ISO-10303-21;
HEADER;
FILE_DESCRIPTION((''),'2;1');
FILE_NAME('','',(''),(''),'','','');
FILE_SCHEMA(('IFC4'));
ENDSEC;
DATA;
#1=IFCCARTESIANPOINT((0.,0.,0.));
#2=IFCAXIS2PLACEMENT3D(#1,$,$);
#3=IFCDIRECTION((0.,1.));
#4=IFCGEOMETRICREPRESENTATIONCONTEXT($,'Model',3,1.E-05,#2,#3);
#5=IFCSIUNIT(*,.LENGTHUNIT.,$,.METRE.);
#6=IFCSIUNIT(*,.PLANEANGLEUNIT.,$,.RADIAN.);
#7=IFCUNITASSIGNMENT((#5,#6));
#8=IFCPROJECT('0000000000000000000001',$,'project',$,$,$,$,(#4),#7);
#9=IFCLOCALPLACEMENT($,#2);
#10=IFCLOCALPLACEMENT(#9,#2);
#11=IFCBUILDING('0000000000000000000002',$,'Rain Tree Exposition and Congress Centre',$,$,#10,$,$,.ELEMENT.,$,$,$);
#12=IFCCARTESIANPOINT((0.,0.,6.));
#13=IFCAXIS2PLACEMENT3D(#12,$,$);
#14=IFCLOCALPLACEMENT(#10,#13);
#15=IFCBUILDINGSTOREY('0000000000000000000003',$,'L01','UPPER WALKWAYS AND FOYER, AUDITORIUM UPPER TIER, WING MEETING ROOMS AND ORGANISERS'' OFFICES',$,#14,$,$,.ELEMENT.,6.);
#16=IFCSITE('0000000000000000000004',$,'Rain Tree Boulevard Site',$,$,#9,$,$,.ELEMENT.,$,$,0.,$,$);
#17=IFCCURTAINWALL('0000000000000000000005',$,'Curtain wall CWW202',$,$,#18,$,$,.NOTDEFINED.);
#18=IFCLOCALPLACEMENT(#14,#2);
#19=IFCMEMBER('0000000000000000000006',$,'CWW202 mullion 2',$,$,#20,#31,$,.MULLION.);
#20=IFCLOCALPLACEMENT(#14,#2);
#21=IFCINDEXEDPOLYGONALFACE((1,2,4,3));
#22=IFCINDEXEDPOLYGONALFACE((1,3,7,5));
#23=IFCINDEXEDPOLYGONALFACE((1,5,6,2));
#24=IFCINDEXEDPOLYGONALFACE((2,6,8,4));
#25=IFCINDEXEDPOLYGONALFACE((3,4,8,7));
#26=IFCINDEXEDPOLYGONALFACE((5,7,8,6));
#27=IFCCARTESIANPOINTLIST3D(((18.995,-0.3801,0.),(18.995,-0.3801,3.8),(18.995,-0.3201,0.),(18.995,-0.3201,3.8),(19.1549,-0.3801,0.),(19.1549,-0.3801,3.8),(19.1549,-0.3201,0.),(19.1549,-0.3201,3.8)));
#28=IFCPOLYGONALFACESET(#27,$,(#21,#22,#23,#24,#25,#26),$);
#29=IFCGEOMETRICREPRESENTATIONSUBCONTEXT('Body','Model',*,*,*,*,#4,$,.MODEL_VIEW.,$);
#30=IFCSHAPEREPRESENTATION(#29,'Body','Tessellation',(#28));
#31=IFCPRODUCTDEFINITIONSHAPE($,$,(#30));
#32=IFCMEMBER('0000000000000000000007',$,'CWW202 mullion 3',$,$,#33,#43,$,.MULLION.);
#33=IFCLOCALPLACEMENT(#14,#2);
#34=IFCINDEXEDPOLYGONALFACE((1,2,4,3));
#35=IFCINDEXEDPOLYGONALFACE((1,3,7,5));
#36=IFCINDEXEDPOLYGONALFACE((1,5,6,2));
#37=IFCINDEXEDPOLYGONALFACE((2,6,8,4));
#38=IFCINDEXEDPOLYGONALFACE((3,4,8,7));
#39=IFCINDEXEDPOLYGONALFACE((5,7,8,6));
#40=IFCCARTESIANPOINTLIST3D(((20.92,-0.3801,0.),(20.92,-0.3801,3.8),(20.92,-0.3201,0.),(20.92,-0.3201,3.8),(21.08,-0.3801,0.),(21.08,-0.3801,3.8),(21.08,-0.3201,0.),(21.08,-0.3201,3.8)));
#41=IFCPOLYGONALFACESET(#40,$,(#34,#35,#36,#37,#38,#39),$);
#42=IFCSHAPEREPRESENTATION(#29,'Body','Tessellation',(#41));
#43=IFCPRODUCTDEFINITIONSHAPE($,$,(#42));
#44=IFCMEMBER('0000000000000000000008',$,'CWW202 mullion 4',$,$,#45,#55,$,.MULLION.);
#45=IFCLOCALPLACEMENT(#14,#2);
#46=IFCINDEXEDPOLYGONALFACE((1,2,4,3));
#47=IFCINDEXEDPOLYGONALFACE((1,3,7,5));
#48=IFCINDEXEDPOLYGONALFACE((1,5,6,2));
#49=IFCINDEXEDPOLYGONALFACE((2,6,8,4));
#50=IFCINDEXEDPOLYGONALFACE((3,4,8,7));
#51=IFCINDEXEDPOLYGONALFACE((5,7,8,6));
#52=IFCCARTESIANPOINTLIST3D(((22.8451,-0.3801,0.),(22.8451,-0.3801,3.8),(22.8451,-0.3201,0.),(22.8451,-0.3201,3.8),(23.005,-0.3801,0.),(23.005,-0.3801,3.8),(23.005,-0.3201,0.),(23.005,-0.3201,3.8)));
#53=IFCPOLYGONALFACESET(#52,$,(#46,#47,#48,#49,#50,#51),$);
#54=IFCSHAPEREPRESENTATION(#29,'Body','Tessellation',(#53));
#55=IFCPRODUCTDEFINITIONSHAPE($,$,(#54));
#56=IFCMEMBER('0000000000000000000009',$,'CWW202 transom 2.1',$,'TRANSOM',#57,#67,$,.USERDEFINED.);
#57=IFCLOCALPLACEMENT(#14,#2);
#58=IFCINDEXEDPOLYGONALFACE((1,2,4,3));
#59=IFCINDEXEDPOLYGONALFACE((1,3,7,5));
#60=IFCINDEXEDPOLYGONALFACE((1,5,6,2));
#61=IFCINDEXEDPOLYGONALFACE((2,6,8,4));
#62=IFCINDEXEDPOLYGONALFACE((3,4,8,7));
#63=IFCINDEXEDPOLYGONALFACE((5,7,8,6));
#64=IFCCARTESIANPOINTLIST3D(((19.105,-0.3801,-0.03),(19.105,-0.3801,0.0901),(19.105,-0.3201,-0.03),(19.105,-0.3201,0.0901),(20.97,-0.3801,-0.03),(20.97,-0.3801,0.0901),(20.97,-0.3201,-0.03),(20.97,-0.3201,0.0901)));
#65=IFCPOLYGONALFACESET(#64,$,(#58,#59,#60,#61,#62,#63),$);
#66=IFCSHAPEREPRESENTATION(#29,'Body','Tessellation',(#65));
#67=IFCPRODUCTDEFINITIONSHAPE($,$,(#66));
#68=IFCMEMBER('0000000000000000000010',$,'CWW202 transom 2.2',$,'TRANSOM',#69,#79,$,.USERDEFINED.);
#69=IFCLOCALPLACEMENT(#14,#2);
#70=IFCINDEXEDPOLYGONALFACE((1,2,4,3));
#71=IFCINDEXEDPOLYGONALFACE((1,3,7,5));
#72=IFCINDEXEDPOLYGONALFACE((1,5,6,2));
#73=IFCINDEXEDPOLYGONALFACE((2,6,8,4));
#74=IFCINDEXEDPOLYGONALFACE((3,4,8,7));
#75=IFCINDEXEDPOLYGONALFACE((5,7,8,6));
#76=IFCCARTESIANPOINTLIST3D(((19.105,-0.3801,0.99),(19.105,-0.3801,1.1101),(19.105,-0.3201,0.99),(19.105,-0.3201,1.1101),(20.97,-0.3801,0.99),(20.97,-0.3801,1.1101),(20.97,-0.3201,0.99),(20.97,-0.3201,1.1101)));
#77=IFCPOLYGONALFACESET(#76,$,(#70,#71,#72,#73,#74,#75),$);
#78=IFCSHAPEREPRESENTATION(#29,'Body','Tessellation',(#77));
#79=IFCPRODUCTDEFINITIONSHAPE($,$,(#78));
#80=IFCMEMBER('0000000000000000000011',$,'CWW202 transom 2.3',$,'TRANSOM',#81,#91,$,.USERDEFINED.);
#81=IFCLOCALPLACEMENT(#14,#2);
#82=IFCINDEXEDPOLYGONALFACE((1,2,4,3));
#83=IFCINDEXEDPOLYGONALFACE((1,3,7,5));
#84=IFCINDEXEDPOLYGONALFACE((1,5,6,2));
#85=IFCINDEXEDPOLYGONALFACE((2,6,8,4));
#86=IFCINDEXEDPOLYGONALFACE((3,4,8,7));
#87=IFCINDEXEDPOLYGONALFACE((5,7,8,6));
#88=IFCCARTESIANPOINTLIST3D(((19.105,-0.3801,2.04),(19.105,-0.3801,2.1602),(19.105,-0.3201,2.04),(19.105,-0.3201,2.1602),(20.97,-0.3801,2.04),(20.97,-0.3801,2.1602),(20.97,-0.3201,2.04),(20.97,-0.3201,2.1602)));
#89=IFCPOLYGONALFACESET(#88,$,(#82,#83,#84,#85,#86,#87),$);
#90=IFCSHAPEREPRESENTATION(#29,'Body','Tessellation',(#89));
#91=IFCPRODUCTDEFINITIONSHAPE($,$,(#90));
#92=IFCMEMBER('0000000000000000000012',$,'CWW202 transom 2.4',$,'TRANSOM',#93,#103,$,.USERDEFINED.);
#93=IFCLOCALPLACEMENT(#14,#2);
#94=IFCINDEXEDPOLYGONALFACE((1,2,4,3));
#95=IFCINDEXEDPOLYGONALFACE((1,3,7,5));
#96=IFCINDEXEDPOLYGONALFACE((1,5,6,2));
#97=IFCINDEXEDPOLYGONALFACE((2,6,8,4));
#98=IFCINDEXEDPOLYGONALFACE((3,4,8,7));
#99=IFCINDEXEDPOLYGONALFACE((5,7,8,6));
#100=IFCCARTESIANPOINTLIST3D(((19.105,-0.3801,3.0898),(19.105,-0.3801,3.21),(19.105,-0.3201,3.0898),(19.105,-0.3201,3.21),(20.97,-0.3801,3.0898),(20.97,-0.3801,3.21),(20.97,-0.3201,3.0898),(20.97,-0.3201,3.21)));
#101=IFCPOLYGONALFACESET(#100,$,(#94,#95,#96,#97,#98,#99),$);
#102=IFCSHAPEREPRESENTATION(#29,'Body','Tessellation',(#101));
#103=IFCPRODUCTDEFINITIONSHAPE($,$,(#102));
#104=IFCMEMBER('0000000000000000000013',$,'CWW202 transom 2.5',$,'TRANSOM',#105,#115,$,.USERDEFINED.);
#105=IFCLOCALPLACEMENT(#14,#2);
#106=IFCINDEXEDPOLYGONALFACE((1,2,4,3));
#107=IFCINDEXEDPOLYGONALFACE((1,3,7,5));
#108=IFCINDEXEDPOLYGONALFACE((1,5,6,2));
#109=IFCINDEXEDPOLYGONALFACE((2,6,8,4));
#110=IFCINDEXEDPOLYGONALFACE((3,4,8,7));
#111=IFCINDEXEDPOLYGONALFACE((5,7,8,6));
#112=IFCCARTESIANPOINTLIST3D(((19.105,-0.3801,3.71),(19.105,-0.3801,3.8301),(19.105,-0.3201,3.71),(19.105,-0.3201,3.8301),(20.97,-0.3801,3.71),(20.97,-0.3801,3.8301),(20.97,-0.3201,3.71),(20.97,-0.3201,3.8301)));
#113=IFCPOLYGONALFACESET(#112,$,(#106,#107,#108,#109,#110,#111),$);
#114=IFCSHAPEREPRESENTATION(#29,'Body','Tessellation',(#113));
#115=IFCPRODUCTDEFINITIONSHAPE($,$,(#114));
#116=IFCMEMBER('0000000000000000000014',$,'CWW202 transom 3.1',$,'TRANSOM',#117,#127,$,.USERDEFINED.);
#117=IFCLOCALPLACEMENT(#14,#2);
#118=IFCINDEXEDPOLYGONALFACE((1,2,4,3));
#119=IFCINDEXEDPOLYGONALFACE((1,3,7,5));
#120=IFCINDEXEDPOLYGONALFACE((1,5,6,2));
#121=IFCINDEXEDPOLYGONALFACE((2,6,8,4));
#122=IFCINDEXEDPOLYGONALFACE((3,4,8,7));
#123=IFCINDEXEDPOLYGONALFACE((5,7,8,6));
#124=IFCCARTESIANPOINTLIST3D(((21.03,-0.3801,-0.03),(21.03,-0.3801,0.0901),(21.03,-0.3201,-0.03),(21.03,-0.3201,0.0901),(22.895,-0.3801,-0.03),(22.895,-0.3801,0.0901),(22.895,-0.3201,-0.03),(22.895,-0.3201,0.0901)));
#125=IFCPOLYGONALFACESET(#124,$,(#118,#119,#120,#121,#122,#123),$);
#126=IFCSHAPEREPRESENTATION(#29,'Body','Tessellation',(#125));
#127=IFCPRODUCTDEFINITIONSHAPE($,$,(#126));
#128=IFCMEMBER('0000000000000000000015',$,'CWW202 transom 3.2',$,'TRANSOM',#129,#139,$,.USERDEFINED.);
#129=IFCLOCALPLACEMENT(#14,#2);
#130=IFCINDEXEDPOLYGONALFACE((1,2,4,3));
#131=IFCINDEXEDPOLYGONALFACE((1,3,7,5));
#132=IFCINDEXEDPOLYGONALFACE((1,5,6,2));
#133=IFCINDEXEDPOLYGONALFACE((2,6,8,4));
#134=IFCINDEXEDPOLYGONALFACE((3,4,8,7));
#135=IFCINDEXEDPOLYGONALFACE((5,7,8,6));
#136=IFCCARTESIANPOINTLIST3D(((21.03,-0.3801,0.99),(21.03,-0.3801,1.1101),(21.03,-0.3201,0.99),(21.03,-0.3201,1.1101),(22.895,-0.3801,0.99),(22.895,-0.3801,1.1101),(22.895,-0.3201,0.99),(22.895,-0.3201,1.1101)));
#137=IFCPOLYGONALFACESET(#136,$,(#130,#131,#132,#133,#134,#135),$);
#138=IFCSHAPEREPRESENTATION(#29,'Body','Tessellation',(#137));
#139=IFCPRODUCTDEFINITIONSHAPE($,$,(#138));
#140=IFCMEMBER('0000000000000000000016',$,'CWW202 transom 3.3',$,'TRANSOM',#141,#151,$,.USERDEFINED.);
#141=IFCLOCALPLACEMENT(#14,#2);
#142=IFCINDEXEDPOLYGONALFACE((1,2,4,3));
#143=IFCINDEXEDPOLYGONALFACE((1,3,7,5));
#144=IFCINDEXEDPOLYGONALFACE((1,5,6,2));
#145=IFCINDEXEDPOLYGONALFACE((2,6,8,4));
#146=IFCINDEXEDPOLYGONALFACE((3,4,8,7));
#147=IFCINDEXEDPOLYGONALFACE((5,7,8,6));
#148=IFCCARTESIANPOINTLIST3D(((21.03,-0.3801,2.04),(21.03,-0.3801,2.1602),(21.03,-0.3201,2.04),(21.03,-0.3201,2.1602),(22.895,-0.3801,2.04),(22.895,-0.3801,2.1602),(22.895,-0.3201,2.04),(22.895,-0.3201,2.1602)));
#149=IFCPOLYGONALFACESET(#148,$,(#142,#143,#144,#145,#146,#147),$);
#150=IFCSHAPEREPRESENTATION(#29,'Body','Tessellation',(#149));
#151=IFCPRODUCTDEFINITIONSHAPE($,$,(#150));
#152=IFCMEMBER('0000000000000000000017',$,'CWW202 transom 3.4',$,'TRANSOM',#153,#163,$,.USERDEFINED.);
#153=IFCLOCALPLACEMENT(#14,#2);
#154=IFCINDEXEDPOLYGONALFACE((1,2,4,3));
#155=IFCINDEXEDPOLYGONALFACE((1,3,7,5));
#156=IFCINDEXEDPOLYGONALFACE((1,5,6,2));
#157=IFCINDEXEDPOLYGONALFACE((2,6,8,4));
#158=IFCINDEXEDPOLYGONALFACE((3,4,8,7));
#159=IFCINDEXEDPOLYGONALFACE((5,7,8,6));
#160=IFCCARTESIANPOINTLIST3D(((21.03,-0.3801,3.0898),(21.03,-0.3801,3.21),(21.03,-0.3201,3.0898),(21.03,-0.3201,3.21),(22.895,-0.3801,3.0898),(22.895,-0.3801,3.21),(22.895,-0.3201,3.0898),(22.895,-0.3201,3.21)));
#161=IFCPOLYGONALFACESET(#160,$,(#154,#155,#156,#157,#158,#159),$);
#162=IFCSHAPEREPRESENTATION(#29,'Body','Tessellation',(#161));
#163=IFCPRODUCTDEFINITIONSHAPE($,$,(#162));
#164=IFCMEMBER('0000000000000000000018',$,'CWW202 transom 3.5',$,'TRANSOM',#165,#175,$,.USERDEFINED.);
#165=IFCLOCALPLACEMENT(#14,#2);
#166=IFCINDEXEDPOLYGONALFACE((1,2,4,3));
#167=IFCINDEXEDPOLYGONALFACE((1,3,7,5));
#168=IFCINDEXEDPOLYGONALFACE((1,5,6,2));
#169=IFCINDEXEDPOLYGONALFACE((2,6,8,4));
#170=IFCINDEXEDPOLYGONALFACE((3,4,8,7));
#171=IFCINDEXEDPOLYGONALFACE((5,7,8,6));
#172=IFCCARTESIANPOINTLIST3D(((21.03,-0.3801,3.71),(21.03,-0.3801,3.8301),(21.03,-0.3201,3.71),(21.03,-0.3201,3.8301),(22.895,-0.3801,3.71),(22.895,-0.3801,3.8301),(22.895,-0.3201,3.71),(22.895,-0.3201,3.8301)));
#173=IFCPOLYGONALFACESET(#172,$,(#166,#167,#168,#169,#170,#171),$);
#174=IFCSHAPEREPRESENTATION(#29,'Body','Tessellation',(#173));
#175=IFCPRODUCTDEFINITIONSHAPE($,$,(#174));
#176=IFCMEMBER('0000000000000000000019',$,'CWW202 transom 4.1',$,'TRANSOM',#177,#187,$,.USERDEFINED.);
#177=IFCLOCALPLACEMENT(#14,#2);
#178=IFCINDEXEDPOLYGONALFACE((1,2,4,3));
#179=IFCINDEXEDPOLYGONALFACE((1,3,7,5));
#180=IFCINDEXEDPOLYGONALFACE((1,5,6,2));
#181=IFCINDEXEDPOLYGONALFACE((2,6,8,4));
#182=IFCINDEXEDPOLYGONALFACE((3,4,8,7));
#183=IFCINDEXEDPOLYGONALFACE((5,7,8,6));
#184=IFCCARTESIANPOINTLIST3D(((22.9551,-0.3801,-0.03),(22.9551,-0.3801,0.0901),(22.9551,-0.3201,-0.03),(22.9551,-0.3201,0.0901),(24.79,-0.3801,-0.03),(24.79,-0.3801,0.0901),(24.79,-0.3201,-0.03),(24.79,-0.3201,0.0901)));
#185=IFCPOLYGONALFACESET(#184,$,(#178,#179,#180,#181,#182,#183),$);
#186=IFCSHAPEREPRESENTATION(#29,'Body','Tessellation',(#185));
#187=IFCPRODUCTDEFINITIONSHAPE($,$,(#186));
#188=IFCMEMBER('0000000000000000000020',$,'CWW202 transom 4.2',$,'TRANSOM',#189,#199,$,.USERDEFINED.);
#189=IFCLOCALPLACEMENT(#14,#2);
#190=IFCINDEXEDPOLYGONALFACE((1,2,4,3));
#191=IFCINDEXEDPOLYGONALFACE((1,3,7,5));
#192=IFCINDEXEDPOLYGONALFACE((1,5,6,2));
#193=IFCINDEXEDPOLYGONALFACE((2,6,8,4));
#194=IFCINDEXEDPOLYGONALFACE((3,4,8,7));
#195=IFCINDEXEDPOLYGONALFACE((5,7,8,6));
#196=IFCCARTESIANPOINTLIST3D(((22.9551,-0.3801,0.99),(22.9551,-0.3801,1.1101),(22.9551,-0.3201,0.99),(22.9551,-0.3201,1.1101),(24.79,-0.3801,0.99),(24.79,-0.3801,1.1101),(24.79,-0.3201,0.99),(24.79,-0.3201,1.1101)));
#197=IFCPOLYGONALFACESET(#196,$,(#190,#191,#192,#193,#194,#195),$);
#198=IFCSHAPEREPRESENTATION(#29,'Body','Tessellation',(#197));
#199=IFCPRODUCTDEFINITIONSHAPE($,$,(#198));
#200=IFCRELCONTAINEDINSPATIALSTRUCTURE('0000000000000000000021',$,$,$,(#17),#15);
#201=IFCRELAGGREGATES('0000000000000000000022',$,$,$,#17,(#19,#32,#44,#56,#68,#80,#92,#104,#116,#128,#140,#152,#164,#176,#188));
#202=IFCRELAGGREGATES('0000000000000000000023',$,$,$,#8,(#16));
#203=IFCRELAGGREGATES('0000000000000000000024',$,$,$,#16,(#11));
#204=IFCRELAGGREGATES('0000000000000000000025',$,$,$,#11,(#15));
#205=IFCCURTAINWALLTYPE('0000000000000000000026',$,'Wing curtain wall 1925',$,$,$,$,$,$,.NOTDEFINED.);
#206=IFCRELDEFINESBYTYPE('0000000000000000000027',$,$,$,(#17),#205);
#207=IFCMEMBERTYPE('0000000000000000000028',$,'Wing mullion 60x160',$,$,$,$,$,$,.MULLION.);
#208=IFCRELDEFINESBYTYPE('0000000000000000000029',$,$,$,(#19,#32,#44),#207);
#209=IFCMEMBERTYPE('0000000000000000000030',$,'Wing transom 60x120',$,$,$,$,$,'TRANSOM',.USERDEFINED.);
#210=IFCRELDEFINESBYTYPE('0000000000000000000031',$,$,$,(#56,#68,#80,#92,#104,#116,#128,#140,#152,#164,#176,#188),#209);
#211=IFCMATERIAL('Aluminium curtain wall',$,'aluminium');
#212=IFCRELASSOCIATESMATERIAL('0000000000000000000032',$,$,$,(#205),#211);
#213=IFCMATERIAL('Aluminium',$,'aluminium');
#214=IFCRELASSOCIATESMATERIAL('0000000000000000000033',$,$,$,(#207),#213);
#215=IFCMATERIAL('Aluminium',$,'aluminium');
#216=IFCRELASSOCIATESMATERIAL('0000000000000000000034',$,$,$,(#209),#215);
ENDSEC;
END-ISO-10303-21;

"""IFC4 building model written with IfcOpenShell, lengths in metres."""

from ifc_helpers import new_model, si_unit, direction, frame, origin, origin_2d, place, context, subcontext, project, spatial, rectangle, extrude, material, material_profile, profile_set, type_object, element, aggregate, save


model = new_model("IFC4")

# Units and contexts
model_context = context("Model", 3, precision=1e-05, world=origin(), true_north=direction((0.0, 1.0)))
body_context = subcontext(model_context, "Body", "Model", "MODEL_VIEW")
ifc_project = project(units=[si_unit("LENGTHUNIT", "METRE"), si_unit("PLANEANGLEUNIT", "RADIAN")], contexts=[model_context])

# Site, building, storey
site_placement = place(None, origin())
site = spatial("IfcSite", under=ifc_project, at=site_placement, Name="Rain Tree Boulevard Site", CompositionType="ELEMENT", RefElevation=0.0)
building_placement = place(site_placement, origin())
building = spatial("IfcBuilding", under=site, at=building_placement, Name="Rain Tree Exposition and Congress Centre", CompositionType="ELEMENT")
storey_placement = place(building_placement, frame((0.0, 0.0, 6.0)))
storey = spatial("IfcBuildingStorey", under=building, at=storey_placement, Name="L01", Description="UPPER WALKWAYS AND FOYER, AUDITORIUM UPPER TIER, WING MEETING ROOMS AND ORGANISERS' OFFICES", CompositionType="ELEMENT", Elevation=6.0)

# Curtain wall, members
ifc_material_1 = material(Name="Aluminium curtain wall", Category="aluminium")
curtain_wall_type = type_object("IfcCurtainWallType", Name="Wing curtain wall 1925", PredefinedType="NOTDEFINED", material=ifc_material_1)
curtain_wall_placement = place(storey_placement, origin())
curtain_wall = element("IfcCurtainWall", 1, at=curtain_wall_placement, inside=storey, type_object=curtain_wall_type, Name="Curtain wall CWW202", PredefinedType="NOTDEFINED")
ifc_material_2 = material(Name="Aluminium", Category="aluminium")
ifc_material_profile_1 = material_profile(ifc_material_2, rectangle(XDim=0.0601, YDim=0.1599, at=origin_2d()), Name="Aluminium 60x160")
ifc_profile_set_1 = profile_set([ifc_material_profile_1], Name="Aluminium")
member_type_1 = type_object("IfcMemberType", Name="Wing mullion 60x160", PredefinedType="MULLION", material=ifc_profile_set_1)
member_1_placement = place(storey_placement, frame((19.075, -0.3501, 0.0), z_axis=(0.0, 0.0, 1.0), x_axis=(0.0, 1.0, 0.0)))
member_1 = element("IfcMember", 2, at=member_1_placement, type_object=member_type_1, Name="CWW202 mullion 2", PredefinedType="MULLION", context=body_context, shape_type="SweptSolid", body=[
    extrude(rectangle(XDim=0.0601, YDim=0.1599, at=origin_2d()), origin(), (0.0, 0.0, 1.0), 3.8),
])
member_2_placement = place(storey_placement, frame((21.0, -0.3501, 0.0), z_axis=(0.0, 0.0, 1.0), x_axis=(0.0, 1.0, 0.0)))
member_2 = element("IfcMember", 3, at=member_2_placement, type_object=member_type_1, Name="CWW202 mullion 3", PredefinedType="MULLION", context=body_context, shape_type="SweptSolid", body=[
    extrude(rectangle(XDim=0.0601, YDim=0.1599, at=origin_2d()), origin(), (0.0, 0.0, 1.0), 3.8),
])
member_3_placement = place(storey_placement, frame((22.925, -0.3501, 0.0), z_axis=(0.0, 0.0, 1.0), x_axis=(0.0, 1.0, 0.0)))
member_3 = element("IfcMember", 4, at=member_3_placement, type_object=member_type_1, Name="CWW202 mullion 4", PredefinedType="MULLION", context=body_context, shape_type="SweptSolid", body=[
    extrude(rectangle(XDim=0.0601, YDim=0.1599, at=origin_2d()), origin(), (0.0, 0.0, 1.0), 3.8),
])
ifc_material_3 = material(Name="Aluminium", Category="aluminium")
ifc_material_profile_2 = material_profile(ifc_material_3, rectangle(XDim=0.0601, YDim=0.1201, at=origin_2d()), Name="Aluminium 60x120")
ifc_profile_set_2 = profile_set([ifc_material_profile_2], Name="Aluminium")
member_type_2 = type_object("IfcMemberType", Name="Wing transom 60x120", ElementType="TRANSOM", PredefinedType="USERDEFINED", material=ifc_profile_set_2)
member_4_placement = place(storey_placement, frame((19.105, -0.3501, 0.03), z_axis=(1.0, 0.0, 0.0), x_axis=(0.0, 1.0, 0.0)))
member_4 = element("IfcMember", 5, at=member_4_placement, type_object=member_type_2, Name="CWW202 transom 2.1", ObjectType="TRANSOM", PredefinedType="USERDEFINED", context=body_context, shape_type="SweptSolid", body=[
    extrude(rectangle(XDim=0.0601, YDim=0.1201, at=origin_2d()), origin(), (0.0, 0.0, 1.0), 1.865),
])
member_5_placement = place(storey_placement, frame((19.105, -0.3501, 1.05), z_axis=(1.0, 0.0, 0.0), x_axis=(0.0, 1.0, 0.0)))
member_5 = element("IfcMember", 6, at=member_5_placement, type_object=member_type_2, Name="CWW202 transom 2.2", ObjectType="TRANSOM", PredefinedType="USERDEFINED", context=body_context, shape_type="SweptSolid", body=[
    extrude(rectangle(XDim=0.0601, YDim=0.1201, at=origin_2d()), origin(), (0.0, 0.0, 1.0), 1.865),
])
member_6_placement = place(storey_placement, frame((19.105, -0.3501, 2.1001), z_axis=(1.0, 0.0, 0.0), x_axis=(0.0, 1.0, 0.0)))
member_6 = element("IfcMember", 7, at=member_6_placement, type_object=member_type_2, Name="CWW202 transom 2.3", ObjectType="TRANSOM", PredefinedType="USERDEFINED", context=body_context, shape_type="SweptSolid", body=[
    extrude(rectangle(XDim=0.0601, YDim=0.1201, at=origin_2d()), origin(), (0.0, 0.0, 1.0), 1.865),
])
member_7_placement = place(storey_placement, frame((19.105, -0.3501, 3.1499), z_axis=(1.0, 0.0, 0.0), x_axis=(0.0, 1.0, 0.0)))
member_7 = element("IfcMember", 8, at=member_7_placement, type_object=member_type_2, Name="CWW202 transom 2.4", ObjectType="TRANSOM", PredefinedType="USERDEFINED", context=body_context, shape_type="SweptSolid", body=[
    extrude(rectangle(XDim=0.0601, YDim=0.1201, at=origin_2d()), origin(), (0.0, 0.0, 1.0), 1.865),
])
member_8_placement = place(storey_placement, frame((19.105, -0.3501, 3.77), z_axis=(1.0, 0.0, 0.0), x_axis=(0.0, 1.0, 0.0)))
member_8 = element("IfcMember", 9, at=member_8_placement, type_object=member_type_2, Name="CWW202 transom 2.5", ObjectType="TRANSOM", PredefinedType="USERDEFINED", context=body_context, shape_type="SweptSolid", body=[
    extrude(rectangle(XDim=0.0601, YDim=0.1201, at=origin_2d()), origin(), (0.0, 0.0, 1.0), 1.865),
])
member_9_placement = place(storey_placement, frame((21.03, -0.3501, 0.03), z_axis=(1.0, 0.0, 0.0), x_axis=(0.0, 1.0, 0.0)))
member_9 = element("IfcMember", 10, at=member_9_placement, type_object=member_type_2, Name="CWW202 transom 3.1", ObjectType="TRANSOM", PredefinedType="USERDEFINED", context=body_context, shape_type="SweptSolid", body=[
    extrude(rectangle(XDim=0.0601, YDim=0.1201, at=origin_2d()), origin(), (0.0, 0.0, 1.0), 1.865),
])
member_10_placement = place(storey_placement, frame((21.03, -0.3501, 1.05), z_axis=(1.0, 0.0, 0.0), x_axis=(0.0, 1.0, 0.0)))
member_10 = element("IfcMember", 11, at=member_10_placement, type_object=member_type_2, Name="CWW202 transom 3.2", ObjectType="TRANSOM", PredefinedType="USERDEFINED", context=body_context, shape_type="SweptSolid", body=[
    extrude(rectangle(XDim=0.0601, YDim=0.1201, at=origin_2d()), origin(), (0.0, 0.0, 1.0), 1.865),
])
member_11_placement = place(storey_placement, frame((21.03, -0.3501, 2.1001), z_axis=(1.0, 0.0, 0.0), x_axis=(0.0, 1.0, 0.0)))
member_11 = element("IfcMember", 12, at=member_11_placement, type_object=member_type_2, Name="CWW202 transom 3.3", ObjectType="TRANSOM", PredefinedType="USERDEFINED", context=body_context, shape_type="SweptSolid", body=[
    extrude(rectangle(XDim=0.0601, YDim=0.1201, at=origin_2d()), origin(), (0.0, 0.0, 1.0), 1.865),
])
member_12_placement = place(storey_placement, frame((21.03, -0.3501, 3.1499), z_axis=(1.0, 0.0, 0.0), x_axis=(0.0, 1.0, 0.0)))
member_12 = element("IfcMember", 13, at=member_12_placement, type_object=member_type_2, Name="CWW202 transom 3.4", ObjectType="TRANSOM", PredefinedType="USERDEFINED", context=body_context, shape_type="SweptSolid", body=[
    extrude(rectangle(XDim=0.0601, YDim=0.1201, at=origin_2d()), origin(), (0.0, 0.0, 1.0), 1.865),
])
member_13_placement = place(storey_placement, frame((21.03, -0.3501, 3.77), z_axis=(1.0, 0.0, 0.0), x_axis=(0.0, 1.0, 0.0)))
member_13 = element("IfcMember", 14, at=member_13_placement, type_object=member_type_2, Name="CWW202 transom 3.5", ObjectType="TRANSOM", PredefinedType="USERDEFINED", context=body_context, shape_type="SweptSolid", body=[
    extrude(rectangle(XDim=0.0601, YDim=0.1201, at=origin_2d()), origin(), (0.0, 0.0, 1.0), 1.865),
])
member_14_placement = place(storey_placement, frame((22.9551, -0.3501, 0.03), z_axis=(1.0, 0.0, 0.0), x_axis=(0.0, 1.0, 0.0)))
member_14 = element("IfcMember", 15, at=member_14_placement, type_object=member_type_2, Name="CWW202 transom 4.1", ObjectType="TRANSOM", PredefinedType="USERDEFINED", context=body_context, shape_type="SweptSolid", body=[
    extrude(rectangle(XDim=0.0601, YDim=0.1201, at=origin_2d()), origin(), (0.0, 0.0, 1.0), 1.835),
])
member_15_placement = place(storey_placement, frame((22.9551, -0.3501, 1.05), z_axis=(1.0, 0.0, 0.0), x_axis=(0.0, 1.0, 0.0)))
member_15 = element("IfcMember", 16, at=member_15_placement, type_object=member_type_2, Name="CWW202 transom 4.2", ObjectType="TRANSOM", PredefinedType="USERDEFINED", context=body_context, shape_type="SweptSolid", body=[
    extrude(rectangle(XDim=0.0601, YDim=0.1201, at=origin_2d()), origin(), (0.0, 0.0, 1.0), 1.835),
])
aggregate(curtain_wall, [member_1, member_2, member_3, member_4, member_5, member_6, member_7, member_8, member_9, member_10, member_11, member_12, member_13, member_14, member_15])

save(model, "model.ifc")
